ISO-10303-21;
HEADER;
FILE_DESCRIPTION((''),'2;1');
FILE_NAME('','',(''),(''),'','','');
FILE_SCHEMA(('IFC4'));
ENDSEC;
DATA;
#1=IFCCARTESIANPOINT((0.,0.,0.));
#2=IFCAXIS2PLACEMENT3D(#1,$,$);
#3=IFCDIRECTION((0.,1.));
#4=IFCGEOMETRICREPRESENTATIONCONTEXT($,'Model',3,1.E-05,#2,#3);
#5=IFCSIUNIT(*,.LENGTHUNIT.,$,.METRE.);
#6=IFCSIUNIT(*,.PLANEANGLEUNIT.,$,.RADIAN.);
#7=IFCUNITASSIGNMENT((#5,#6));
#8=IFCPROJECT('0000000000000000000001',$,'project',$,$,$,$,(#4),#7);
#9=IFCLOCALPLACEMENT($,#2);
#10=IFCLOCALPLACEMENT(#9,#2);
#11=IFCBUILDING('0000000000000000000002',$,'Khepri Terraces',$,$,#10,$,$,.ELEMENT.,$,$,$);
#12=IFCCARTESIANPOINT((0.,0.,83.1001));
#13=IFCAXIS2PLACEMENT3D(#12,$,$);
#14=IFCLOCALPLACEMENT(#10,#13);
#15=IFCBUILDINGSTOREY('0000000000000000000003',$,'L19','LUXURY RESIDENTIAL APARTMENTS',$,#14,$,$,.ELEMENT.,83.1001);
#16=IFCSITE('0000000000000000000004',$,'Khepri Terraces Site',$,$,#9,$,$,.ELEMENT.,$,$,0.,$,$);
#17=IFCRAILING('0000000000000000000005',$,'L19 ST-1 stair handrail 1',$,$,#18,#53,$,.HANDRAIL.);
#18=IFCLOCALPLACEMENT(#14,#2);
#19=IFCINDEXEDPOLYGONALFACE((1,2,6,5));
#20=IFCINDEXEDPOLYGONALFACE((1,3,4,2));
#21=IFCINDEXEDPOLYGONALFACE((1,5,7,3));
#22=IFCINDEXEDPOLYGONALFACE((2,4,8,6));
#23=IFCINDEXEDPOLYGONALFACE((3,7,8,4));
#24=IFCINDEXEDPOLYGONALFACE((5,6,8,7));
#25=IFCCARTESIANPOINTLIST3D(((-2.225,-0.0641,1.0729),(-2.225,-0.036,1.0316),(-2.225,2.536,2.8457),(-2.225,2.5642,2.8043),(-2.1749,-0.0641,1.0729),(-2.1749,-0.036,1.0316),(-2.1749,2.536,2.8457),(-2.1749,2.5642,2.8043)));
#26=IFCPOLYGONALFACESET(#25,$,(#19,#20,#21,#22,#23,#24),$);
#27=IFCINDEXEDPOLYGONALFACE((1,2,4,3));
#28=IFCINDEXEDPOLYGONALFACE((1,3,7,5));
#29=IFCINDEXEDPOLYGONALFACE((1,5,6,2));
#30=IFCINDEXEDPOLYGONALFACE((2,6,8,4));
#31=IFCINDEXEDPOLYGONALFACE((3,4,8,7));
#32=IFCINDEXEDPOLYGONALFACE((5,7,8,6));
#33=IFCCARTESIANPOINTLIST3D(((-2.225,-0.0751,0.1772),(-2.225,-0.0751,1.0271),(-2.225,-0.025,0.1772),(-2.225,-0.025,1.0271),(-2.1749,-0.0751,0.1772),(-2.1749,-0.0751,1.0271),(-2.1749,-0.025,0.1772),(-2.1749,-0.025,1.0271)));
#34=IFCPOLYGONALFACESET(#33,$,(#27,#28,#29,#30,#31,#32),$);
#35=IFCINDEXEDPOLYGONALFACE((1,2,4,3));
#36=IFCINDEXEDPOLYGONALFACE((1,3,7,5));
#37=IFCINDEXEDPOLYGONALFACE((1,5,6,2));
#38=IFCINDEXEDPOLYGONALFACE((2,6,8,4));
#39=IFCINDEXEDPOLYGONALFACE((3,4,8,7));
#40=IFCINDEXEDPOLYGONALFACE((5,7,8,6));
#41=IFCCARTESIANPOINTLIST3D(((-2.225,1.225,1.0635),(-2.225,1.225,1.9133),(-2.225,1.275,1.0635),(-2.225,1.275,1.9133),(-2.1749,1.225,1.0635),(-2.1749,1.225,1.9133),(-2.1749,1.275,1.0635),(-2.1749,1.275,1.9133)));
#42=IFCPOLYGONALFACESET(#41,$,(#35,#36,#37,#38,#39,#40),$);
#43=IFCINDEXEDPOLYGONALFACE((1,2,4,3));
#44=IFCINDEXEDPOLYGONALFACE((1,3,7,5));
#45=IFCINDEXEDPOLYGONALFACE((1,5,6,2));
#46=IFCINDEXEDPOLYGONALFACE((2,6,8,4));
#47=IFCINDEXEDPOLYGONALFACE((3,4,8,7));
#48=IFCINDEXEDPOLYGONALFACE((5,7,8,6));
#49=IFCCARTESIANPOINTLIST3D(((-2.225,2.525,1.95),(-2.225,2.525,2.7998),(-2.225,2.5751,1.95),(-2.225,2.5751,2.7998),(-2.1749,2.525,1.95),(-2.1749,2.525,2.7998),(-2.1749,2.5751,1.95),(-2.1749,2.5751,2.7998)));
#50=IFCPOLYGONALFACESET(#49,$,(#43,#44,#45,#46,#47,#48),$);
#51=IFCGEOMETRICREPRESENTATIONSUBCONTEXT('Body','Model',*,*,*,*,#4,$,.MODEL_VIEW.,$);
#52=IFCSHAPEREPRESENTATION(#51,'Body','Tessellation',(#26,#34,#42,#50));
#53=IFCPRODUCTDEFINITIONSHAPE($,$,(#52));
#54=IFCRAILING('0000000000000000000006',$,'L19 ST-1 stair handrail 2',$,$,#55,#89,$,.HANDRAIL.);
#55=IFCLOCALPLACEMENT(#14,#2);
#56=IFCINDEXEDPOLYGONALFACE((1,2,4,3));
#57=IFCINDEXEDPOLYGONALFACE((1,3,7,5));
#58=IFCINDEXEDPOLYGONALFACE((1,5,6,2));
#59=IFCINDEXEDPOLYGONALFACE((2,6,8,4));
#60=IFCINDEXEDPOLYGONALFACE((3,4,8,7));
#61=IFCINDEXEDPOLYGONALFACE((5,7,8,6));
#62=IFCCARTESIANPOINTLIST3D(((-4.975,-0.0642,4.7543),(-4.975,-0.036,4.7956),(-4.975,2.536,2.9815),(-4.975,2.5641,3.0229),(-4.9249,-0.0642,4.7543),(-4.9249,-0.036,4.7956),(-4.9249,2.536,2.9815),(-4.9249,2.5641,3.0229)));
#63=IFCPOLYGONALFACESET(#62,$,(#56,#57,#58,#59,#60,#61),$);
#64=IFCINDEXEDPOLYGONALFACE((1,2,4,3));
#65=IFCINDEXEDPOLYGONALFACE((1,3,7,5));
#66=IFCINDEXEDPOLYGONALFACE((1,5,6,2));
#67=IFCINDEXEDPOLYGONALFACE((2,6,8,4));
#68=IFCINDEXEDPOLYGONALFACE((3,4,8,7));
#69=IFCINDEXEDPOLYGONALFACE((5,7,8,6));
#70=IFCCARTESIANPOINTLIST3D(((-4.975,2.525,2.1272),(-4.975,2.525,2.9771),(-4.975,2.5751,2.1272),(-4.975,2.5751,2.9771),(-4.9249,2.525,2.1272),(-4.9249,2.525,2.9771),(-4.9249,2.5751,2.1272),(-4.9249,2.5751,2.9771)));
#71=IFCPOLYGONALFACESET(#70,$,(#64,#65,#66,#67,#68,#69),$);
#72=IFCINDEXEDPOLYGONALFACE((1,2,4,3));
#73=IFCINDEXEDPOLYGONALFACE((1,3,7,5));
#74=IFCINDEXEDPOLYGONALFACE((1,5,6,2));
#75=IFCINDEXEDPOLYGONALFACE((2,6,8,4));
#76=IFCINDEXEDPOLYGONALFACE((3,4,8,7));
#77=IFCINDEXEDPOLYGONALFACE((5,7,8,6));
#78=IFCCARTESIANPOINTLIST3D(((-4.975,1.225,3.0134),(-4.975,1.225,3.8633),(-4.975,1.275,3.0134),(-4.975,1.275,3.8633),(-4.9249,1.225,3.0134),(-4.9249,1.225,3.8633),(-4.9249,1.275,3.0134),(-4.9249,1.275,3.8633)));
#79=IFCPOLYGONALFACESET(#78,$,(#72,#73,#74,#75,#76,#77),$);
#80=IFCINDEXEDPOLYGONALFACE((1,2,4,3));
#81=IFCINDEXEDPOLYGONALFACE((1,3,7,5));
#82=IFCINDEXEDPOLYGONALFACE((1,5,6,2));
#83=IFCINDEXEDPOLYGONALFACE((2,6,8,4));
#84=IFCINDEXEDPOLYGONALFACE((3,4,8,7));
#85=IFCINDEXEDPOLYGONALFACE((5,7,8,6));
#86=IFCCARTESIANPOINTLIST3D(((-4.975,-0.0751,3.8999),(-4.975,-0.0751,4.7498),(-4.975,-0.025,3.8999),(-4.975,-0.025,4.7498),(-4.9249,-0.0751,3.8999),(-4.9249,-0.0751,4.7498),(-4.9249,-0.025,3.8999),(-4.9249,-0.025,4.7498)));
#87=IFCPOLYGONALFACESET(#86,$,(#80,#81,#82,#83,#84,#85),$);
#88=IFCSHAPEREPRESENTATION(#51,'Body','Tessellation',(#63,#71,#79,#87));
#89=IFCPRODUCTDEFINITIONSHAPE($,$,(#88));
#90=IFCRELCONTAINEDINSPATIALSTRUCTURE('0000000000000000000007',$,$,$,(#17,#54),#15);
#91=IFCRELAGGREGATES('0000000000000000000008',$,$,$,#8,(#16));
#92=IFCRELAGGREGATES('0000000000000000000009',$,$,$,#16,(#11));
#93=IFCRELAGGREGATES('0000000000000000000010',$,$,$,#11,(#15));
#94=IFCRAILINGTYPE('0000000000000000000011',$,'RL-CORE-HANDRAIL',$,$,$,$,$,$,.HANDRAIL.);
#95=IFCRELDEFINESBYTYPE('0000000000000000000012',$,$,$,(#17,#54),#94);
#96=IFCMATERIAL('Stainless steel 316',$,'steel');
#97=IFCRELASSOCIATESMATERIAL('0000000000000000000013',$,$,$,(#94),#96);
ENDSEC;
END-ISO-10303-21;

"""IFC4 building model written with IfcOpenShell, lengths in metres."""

from ifc_helpers import new_model, si_unit, direction, frame, origin, origin_2d, place, context, subcontext, project, spatial, rectangle, extrude, material, type_object, element, save


model = new_model("IFC4")

# Units and contexts
model_context = context("Model", 3, precision=1e-05, world=origin(), true_north=direction((0.0, 1.0)))
body_context = subcontext(model_context, "Body", "Model", "MODEL_VIEW")
ifc_project = project(units=[si_unit("LENGTHUNIT", "METRE"), si_unit("PLANEANGLEUNIT", "RADIAN")], contexts=[model_context])

# Site, building, storey
site_placement = place(None, origin())
site = spatial("IfcSite", under=ifc_project, at=site_placement, Name="Khepri Terraces Site", CompositionType="ELEMENT", RefElevation=0.0)
building_placement = place(site_placement, origin())
building = spatial("IfcBuilding", under=site, at=building_placement, Name="Khepri Terraces", CompositionType="ELEMENT")
storey_placement = place(building_placement, frame((0.0, 0.0, 83.1001)))
storey = spatial("IfcBuildingStorey", under=building, at=storey_placement, Name="L19", Description="LUXURY RESIDENTIAL APARTMENTS", CompositionType="ELEMENT", Elevation=83.1001)

# Railings
ifc_material_1 = material(Name="Stainless steel 316", Category="steel")
railing_type_1 = type_object("IfcRailingType", Name="RL-CORE-HANDRAIL", PredefinedType="HANDRAIL", material=ifc_material_1)
railing_1_placement = place(storey_placement, frame((-2.2, -0.05, 0.1772)))
element("IfcRailing", 1, at=railing_1_placement, inside=storey, type_object=railing_type_1, Name="L19 ST-1 stair handrail 1", PredefinedType="HANDRAIL", context=body_context, shape_type="SweptSolid", body=[
    extrude(rectangle(XDim=0.05, YDim=0.05, at=origin_2d()), frame((0.0, 0.0, 0.875), z_axis=(0.0, 0.82624, 0.563318), x_axis=(-1.0, 0.0, 0.0)), (0.0, 0.0, 1.0), 3.147),
    extrude(rectangle(XDim=0.05, YDim=0.05, at=origin_2d()), origin(), (0.0, 0.0, 1.0), 0.8499),
    extrude(rectangle(XDim=0.05, YDim=0.05, at=origin_2d()), frame((0.0, 1.3, 0.8862)), (0.0, 0.0, 1.0), 0.8499),
    extrude(rectangle(XDim=0.05, YDim=0.05, at=origin_2d()), frame((0.0, 2.6001, 1.7727)), (0.0, 0.0, 1.0), 0.8499),
])
railing_2_placement = place(storey_placement, frame((-4.95, 2.55, 2.1272)))
element("IfcRailing", 2, at=railing_2_placement, inside=storey, type_object=railing_type_1, Name="L19 ST-1 stair handrail 2", PredefinedType="HANDRAIL", context=body_context, shape_type="SweptSolid", body=[
    extrude(rectangle(XDim=0.05, YDim=0.05, at=origin_2d()), frame((0.0, 0.0, 0.875), z_axis=(0.0, -0.82624, 0.563318), x_axis=(1.0, 0.0, 0.0)), (0.0, 0.0, 1.0), 3.147),
    extrude(rectangle(XDim=0.05, YDim=0.05, at=origin_2d()), origin(), (0.0, 0.0, 1.0), 0.8499),
    extrude(rectangle(XDim=0.05, YDim=0.05, at=origin_2d()), frame((0.0, -1.3, 0.8862)), (0.0, 0.0, 1.0), 0.8499),
    extrude(rectangle(XDim=0.05, YDim=0.05, at=origin_2d()), frame((0.0, -2.6001, 1.7727)), (0.0, 0.0, 1.0), 0.8499),
])

save(model, "model.ifc")
